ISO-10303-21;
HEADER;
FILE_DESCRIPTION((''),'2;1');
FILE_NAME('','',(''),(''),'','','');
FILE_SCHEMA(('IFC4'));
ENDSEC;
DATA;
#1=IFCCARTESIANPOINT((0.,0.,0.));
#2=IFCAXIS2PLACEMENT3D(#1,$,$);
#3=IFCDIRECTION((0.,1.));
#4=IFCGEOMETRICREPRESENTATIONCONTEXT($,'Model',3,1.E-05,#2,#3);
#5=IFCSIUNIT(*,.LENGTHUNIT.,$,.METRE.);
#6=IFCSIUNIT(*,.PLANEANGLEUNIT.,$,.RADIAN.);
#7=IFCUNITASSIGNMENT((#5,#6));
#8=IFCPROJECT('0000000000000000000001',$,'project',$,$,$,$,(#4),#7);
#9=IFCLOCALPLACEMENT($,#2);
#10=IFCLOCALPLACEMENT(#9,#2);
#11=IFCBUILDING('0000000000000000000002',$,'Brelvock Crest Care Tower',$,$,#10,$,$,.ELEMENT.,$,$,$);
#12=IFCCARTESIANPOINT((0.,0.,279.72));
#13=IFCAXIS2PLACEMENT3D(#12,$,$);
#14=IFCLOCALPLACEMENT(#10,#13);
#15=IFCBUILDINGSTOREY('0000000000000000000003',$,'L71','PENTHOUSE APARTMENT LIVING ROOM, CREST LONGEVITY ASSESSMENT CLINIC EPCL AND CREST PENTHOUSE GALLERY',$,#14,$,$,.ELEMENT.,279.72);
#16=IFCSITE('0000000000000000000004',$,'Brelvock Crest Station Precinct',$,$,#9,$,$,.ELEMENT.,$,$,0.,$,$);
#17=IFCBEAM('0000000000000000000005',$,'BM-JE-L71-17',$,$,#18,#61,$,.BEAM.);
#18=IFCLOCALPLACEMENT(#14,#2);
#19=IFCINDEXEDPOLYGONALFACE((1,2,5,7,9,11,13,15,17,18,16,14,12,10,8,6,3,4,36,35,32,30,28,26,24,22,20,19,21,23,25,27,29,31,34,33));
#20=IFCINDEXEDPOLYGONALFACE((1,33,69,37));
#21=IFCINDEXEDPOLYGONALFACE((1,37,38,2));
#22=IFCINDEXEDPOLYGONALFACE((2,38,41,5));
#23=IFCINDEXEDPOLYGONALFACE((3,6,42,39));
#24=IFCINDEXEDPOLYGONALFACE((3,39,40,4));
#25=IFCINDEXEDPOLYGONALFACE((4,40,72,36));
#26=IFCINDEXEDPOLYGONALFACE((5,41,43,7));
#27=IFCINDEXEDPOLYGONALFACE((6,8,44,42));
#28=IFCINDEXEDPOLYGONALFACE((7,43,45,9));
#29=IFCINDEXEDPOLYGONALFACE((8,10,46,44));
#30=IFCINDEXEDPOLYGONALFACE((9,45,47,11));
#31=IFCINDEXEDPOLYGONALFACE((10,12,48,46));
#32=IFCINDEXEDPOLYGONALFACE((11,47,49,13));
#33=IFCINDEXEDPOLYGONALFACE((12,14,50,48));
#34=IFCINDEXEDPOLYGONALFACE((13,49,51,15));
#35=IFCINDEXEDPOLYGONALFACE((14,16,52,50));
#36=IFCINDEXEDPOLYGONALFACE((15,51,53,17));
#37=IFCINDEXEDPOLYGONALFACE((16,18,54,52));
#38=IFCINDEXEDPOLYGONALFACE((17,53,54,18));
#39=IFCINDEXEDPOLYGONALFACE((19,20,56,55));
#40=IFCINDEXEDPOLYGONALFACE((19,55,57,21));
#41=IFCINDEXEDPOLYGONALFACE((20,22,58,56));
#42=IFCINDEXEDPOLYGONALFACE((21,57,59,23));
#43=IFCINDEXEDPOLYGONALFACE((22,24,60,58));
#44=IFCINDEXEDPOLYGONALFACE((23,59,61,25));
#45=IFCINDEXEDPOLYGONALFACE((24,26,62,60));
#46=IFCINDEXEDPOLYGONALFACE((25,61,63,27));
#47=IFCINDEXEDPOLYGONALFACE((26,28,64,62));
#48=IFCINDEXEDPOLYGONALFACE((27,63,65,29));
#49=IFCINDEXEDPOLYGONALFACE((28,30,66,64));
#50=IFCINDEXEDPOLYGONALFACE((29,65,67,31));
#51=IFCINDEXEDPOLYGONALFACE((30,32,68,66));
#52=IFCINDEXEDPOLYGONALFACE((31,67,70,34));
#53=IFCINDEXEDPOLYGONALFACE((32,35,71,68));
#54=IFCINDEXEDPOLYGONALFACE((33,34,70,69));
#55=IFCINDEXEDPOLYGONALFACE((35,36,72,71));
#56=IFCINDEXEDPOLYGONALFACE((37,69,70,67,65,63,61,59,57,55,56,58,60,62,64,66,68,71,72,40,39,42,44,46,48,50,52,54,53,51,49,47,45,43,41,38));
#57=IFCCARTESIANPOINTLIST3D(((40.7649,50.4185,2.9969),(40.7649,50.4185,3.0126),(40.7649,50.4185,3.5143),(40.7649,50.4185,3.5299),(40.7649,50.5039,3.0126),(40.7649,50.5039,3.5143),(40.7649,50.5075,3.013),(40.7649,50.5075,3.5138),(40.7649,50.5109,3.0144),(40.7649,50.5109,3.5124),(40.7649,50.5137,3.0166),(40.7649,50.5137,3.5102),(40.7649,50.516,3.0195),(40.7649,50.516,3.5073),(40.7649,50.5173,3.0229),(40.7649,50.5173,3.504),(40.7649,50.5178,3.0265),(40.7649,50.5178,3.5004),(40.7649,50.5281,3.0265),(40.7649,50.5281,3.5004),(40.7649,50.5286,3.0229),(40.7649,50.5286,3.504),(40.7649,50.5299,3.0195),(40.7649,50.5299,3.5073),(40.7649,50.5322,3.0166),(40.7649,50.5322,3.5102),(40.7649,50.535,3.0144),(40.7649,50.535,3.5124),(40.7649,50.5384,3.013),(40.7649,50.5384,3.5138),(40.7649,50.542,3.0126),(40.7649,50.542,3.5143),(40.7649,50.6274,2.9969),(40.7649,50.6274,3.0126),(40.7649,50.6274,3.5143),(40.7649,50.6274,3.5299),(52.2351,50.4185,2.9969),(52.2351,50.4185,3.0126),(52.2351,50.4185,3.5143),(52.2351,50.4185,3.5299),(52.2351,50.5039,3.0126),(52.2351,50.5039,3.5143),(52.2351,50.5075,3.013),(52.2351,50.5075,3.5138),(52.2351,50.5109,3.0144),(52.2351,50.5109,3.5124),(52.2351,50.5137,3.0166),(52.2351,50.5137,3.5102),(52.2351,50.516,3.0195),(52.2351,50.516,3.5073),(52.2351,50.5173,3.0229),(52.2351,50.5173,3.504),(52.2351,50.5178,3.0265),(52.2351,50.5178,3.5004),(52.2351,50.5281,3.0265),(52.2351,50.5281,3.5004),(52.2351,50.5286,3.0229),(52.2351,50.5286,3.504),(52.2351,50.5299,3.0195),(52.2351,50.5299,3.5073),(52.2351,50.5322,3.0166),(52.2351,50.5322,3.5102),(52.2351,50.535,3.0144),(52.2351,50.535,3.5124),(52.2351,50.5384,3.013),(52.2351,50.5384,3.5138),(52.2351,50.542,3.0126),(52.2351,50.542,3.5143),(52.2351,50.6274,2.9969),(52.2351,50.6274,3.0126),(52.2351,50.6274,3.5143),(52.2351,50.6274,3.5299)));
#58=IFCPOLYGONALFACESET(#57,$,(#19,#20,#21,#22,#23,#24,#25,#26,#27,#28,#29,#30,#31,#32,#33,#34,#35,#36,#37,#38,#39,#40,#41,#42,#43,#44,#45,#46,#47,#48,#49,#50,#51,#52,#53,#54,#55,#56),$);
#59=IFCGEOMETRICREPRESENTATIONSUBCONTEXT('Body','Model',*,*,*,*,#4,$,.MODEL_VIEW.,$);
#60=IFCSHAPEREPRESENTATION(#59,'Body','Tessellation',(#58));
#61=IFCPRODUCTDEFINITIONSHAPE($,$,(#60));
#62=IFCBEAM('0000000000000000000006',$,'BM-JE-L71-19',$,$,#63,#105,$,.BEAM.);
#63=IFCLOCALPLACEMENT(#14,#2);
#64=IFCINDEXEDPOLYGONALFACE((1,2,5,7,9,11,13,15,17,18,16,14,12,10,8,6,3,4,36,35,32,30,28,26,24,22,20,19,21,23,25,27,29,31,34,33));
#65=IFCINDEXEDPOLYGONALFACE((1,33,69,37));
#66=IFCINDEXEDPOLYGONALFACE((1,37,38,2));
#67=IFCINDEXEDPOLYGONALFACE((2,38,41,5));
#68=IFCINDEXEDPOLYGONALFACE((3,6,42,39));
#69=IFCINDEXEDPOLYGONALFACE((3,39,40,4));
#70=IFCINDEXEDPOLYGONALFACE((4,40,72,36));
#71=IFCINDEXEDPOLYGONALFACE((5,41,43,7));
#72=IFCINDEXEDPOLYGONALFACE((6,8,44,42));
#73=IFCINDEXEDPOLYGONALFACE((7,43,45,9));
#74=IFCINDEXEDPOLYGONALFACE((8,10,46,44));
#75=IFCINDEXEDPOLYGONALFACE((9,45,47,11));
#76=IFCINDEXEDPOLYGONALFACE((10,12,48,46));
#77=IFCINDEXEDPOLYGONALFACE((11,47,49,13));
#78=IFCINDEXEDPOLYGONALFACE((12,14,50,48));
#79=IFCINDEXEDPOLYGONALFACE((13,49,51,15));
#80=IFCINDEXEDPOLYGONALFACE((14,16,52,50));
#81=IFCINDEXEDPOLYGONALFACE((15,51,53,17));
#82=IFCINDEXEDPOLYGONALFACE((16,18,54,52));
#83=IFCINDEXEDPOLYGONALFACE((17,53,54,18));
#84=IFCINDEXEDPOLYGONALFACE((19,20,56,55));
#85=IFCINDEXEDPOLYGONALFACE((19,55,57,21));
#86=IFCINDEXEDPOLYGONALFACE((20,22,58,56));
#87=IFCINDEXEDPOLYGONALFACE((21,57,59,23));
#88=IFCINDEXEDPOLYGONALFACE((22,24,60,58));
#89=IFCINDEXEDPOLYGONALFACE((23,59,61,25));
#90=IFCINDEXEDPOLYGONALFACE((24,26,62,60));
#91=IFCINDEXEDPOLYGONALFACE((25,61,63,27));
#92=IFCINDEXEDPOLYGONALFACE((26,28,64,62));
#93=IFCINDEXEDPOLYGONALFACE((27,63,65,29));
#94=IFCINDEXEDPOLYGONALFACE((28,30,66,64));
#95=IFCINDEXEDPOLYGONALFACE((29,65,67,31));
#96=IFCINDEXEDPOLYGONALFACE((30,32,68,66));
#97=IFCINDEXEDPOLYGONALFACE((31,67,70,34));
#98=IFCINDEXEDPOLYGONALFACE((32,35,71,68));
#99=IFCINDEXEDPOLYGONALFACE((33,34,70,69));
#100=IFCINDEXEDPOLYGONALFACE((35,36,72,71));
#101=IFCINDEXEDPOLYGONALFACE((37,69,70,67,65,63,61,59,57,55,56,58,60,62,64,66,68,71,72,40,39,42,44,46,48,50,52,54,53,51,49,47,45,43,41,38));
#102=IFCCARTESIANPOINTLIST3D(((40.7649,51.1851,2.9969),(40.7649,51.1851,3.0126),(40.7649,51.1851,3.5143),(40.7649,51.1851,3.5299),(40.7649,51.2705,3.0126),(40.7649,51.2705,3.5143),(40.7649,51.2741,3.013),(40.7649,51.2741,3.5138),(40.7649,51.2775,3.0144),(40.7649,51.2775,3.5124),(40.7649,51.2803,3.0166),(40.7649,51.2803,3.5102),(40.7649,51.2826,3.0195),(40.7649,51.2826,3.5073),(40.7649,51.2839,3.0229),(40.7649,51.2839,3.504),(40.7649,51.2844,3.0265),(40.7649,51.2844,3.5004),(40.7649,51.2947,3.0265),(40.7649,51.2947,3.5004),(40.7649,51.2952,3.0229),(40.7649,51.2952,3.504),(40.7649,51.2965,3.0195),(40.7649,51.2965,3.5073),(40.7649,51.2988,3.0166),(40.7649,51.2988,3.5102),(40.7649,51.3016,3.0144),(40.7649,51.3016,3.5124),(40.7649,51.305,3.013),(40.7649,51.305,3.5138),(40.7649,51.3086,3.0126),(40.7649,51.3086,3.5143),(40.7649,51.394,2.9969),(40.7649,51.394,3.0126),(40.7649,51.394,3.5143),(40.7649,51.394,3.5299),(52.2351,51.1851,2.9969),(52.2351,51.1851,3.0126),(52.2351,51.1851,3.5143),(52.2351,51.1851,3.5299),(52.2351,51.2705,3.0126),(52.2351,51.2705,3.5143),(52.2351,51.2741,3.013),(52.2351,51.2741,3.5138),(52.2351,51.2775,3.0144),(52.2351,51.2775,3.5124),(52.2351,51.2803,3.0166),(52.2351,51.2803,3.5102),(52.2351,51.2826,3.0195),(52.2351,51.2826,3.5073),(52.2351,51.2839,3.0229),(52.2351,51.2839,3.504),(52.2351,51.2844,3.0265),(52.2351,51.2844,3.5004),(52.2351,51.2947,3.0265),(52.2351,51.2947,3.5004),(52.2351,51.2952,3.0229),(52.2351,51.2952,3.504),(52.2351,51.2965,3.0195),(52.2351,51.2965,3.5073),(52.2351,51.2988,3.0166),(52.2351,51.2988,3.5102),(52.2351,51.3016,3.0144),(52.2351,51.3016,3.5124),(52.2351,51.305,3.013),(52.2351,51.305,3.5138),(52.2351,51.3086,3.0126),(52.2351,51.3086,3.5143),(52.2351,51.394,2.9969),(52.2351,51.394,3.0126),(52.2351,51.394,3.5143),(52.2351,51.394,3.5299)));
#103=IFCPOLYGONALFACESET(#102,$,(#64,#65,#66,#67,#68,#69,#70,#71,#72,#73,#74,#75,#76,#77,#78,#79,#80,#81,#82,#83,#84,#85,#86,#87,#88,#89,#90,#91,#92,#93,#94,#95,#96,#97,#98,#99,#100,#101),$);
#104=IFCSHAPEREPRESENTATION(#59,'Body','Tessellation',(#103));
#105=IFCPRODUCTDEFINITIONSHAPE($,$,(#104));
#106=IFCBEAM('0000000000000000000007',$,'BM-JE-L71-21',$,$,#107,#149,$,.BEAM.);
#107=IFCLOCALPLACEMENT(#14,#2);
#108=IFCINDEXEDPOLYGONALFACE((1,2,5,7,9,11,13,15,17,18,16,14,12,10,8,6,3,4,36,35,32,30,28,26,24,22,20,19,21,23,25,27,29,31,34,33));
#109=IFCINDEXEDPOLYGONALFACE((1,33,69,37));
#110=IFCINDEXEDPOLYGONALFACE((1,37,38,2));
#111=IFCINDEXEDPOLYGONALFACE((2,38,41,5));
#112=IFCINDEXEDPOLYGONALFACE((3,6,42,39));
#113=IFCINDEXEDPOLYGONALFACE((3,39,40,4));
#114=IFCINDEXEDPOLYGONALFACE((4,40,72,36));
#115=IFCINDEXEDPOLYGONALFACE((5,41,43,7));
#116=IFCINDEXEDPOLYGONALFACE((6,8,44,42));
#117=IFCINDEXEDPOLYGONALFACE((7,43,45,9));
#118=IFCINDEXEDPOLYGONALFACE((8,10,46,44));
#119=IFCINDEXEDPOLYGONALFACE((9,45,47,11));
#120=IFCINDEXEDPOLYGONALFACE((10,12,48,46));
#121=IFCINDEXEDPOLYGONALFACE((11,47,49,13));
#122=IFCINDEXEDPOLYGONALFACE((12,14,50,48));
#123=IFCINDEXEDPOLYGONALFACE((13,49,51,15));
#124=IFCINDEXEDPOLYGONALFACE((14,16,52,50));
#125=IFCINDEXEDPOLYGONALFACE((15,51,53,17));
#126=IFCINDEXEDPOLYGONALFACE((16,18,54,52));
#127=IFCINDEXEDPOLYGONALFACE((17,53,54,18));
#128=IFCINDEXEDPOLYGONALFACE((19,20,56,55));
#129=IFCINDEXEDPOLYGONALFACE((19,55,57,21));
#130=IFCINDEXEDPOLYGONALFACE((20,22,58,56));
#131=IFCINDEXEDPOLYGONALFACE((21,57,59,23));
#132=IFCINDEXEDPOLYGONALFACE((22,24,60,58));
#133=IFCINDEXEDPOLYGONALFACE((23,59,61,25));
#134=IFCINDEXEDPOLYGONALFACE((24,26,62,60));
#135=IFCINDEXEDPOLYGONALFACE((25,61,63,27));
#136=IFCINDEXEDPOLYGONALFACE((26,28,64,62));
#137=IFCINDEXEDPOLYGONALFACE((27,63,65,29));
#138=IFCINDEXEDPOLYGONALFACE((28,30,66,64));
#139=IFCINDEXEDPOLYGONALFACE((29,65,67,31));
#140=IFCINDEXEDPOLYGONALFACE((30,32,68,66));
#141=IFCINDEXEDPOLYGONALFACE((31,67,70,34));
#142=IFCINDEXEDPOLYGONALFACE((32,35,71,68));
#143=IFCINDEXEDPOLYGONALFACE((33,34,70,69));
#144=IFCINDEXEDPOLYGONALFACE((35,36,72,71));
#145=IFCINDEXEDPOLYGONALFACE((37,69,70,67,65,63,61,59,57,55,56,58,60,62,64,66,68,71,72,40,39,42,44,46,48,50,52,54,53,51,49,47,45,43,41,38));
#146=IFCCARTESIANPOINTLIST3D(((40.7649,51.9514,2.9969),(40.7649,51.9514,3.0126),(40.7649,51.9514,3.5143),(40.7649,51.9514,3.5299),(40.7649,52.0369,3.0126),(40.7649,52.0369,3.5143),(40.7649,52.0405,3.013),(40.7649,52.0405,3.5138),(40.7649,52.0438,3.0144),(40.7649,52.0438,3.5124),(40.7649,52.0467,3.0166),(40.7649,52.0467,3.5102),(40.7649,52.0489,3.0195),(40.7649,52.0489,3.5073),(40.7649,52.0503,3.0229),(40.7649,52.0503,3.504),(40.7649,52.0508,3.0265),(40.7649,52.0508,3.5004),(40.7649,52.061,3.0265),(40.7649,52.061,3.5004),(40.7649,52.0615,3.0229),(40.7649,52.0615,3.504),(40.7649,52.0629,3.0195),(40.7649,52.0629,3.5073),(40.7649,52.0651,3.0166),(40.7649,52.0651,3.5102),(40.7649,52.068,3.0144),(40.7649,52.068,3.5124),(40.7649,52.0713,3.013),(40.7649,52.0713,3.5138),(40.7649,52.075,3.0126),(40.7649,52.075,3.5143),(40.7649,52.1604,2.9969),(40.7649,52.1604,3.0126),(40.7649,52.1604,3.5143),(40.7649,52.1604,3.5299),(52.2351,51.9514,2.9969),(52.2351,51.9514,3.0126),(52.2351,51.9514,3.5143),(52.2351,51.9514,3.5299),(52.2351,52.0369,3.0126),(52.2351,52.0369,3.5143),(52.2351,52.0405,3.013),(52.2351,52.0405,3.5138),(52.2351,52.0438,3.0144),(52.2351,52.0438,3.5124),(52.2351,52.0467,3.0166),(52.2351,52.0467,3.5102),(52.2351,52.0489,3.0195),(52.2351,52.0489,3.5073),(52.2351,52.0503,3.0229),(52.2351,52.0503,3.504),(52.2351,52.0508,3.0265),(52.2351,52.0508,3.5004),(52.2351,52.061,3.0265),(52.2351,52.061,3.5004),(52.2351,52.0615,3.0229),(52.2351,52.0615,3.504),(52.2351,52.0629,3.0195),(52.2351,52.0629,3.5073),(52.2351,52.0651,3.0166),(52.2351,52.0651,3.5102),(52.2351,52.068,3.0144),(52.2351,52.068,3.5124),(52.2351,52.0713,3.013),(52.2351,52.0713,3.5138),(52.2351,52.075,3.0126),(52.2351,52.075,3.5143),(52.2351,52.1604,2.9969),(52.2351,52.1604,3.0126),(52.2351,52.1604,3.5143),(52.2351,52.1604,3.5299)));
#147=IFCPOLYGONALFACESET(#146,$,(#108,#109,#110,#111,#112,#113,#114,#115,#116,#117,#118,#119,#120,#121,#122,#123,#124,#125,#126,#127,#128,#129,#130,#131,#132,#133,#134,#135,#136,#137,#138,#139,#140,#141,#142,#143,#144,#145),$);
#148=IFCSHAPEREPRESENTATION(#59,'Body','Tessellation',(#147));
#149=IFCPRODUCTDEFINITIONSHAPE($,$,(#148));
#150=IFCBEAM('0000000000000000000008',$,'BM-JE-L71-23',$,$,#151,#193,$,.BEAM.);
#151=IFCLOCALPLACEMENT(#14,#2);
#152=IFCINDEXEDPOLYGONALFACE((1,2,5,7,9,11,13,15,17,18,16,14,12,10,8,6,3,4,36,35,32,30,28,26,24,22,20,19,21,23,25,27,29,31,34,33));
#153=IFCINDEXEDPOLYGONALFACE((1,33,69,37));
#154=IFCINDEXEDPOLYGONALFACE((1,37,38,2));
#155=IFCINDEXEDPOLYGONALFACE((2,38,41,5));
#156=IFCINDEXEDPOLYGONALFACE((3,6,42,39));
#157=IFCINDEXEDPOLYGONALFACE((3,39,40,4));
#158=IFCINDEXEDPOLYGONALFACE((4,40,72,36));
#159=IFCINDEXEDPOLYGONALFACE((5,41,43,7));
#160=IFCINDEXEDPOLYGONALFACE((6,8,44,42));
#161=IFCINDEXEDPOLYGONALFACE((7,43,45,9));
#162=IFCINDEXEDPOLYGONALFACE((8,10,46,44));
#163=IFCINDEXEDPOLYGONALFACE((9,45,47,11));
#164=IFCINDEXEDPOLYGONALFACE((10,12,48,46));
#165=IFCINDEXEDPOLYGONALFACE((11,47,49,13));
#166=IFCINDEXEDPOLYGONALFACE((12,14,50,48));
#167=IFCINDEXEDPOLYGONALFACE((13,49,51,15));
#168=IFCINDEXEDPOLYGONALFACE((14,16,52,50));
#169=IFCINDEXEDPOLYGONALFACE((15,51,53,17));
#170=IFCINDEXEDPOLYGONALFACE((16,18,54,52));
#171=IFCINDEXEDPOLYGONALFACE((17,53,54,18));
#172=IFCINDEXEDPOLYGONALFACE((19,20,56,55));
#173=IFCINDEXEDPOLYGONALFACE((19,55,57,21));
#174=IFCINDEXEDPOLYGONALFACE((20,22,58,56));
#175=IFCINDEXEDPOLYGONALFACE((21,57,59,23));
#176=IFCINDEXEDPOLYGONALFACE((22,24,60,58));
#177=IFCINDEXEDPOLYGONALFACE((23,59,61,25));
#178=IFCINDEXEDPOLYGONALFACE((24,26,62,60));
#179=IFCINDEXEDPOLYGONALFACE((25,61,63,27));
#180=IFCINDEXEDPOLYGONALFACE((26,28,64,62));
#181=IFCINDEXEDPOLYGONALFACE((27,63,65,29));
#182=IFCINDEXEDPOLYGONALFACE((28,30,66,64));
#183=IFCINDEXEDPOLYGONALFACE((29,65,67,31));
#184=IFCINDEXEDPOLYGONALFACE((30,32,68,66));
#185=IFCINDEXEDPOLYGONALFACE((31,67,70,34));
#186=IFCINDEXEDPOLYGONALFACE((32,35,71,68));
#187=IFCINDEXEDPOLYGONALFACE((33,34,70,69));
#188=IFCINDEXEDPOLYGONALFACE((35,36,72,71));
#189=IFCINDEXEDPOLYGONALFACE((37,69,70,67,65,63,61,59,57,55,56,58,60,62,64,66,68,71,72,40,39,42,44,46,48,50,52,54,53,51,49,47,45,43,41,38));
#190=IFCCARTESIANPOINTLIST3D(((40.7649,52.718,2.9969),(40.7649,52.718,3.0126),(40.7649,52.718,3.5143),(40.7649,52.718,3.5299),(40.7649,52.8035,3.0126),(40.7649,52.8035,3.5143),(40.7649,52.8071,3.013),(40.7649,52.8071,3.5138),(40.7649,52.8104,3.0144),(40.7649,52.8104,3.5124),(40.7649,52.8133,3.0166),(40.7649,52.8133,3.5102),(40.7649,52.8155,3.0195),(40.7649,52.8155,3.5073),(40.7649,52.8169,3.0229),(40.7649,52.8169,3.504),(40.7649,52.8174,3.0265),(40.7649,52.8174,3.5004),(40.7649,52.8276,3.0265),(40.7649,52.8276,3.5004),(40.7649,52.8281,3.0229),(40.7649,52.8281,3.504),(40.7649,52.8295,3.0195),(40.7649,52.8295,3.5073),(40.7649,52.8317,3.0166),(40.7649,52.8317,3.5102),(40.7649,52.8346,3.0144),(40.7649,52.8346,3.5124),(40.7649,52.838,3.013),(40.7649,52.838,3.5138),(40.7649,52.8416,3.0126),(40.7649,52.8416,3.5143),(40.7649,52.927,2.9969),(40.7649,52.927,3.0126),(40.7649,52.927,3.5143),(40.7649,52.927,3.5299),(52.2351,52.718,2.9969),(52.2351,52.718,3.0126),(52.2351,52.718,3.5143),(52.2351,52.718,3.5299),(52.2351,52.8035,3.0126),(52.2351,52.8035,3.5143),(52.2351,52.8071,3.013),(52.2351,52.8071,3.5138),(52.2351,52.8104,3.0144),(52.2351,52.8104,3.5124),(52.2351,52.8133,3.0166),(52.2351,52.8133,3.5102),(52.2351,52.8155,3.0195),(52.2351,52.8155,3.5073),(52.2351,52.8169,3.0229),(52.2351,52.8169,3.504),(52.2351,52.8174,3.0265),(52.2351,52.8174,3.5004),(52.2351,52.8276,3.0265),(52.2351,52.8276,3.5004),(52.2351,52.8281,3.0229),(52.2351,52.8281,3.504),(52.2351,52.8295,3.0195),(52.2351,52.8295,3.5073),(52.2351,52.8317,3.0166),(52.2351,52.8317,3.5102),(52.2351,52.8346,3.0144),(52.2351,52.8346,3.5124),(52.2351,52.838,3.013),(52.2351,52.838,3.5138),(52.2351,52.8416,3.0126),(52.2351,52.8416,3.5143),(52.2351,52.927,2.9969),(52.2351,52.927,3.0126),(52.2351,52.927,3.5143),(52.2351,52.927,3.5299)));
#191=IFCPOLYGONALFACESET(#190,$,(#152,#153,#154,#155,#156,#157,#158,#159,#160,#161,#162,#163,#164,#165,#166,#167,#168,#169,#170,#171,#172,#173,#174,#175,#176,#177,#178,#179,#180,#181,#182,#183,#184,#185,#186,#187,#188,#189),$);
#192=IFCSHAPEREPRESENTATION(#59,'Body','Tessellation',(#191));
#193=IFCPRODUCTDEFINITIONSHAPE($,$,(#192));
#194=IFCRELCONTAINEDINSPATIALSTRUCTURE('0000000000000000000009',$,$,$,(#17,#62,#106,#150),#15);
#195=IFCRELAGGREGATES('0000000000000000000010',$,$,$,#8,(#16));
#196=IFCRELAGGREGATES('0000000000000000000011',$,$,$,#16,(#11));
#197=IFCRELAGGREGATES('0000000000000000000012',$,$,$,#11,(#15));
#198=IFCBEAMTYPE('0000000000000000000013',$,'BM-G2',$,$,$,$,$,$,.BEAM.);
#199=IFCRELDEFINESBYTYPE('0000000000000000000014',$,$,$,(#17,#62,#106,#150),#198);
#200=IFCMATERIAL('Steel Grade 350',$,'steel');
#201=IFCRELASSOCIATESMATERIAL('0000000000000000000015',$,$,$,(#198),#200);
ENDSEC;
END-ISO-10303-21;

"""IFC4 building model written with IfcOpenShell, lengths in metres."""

from ifc_helpers import new_model, si_unit, direction, frame, origin, origin_2d, place, context, subcontext, project, spatial, i_section, extrude, source, transform, mapped, material, material_profile, profile_set, type_object, element, save


model = new_model("IFC4")

# Units and contexts
model_context = context("Model", 3, precision=1e-05, world=origin(), true_north=direction((0.0, 1.0)))
body_context = subcontext(model_context, "Body", "Model", "MODEL_VIEW")
ifc_project = project(units=[si_unit("LENGTHUNIT", "METRE"), si_unit("PLANEANGLEUNIT", "RADIAN")], contexts=[model_context])

# Site, building, storey
site_placement = place(None, origin())
site = spatial("IfcSite", under=ifc_project, at=site_placement, Name="Brelvock Crest Station Precinct", CompositionType="ELEMENT", RefElevation=0.0)
building_placement = place(site_placement, origin())
building = spatial("IfcBuilding", under=site, at=building_placement, Name="Brelvock Crest Care Tower", CompositionType="ELEMENT")
storey_placement = place(building_placement, frame((0.0, 0.0, 279.72)))
storey = spatial("IfcBuildingStorey", under=building, at=storey_placement, Name="L71", Description="PENTHOUSE APARTMENT LIVING ROOM, CREST LONGEVITY ASSESSMENT CLINIC EPCL AND CREST PENTHOUSE GALLERY", CompositionType="ELEMENT", Elevation=279.72)

# Shared definitions
ifc_material_1 = material(Name="Steel Grade 350", Category="steel")

# Beams
ifc_material_profile_1 = material_profile(ifc_material_1, i_section(OverallWidth=0.209, OverallDepth=0.533, WebThickness=0.0103, FlangeThickness=0.0156, FilletRadius=0.0139, at=origin_2d()), Name="530UB92.4")
ifc_profile_set_1 = profile_set([ifc_material_profile_1], Name="Steel Grade 350")
beam_type_1 = type_object("IfcBeamType", Name="BM-G2", PredefinedType="BEAM", material=ifc_profile_set_1)
shared_shape_1 = source(origin(), body_context, "Body", "SweptSolid", [
    extrude(i_section(OverallWidth=0.209, OverallDepth=0.533, WebThickness=0.0103, FlangeThickness=0.0156, FilletRadius=0.0139, at=origin_2d()), origin(), (0.0, 0.0, 1.0), 11.4702),
])
for number, where, z_axis, x_axis, name in (
    (1, (40.7649, 50.5229, 3.2634), (1.0, 0.0, 0.0), (0.0, 1.0, 0.0), "BM-JE-L71-17"),
    (2, (40.7649, 51.2896, 3.2634), (1.0, 0.0, 0.0), (0.0, 1.0, 0.0), "BM-JE-L71-19"),
    (3, (40.7649, 52.0559, 3.2634), (1.0, 0.0, 0.0), (0.0, 1.0, 0.0), "BM-JE-L71-21"),
    (4, (40.7649, 52.8225, 3.2634), (1.0, 0.0, 0.0), (0.0, 1.0, 0.0), "BM-JE-L71-23"),
):
    element("IfcBeam", number, at=place(storey_placement, frame(where, z_axis=z_axis, x_axis=x_axis)), inside=storey, type_object=beam_type_1, Name=name, PredefinedType="BEAM", context=body_context, shape_type="MappedRepresentation", body=[
        mapped(shared_shape_1, transform((0.0, 0.0, 0.0), x_axis=(1.0, 0.0, 0.0), y_axis=(0.0, 1.0, 0.0), z_axis=(0.0, 0.0, 1.0), scale=1.0)),
    ])

save(model, "model.ifc")
